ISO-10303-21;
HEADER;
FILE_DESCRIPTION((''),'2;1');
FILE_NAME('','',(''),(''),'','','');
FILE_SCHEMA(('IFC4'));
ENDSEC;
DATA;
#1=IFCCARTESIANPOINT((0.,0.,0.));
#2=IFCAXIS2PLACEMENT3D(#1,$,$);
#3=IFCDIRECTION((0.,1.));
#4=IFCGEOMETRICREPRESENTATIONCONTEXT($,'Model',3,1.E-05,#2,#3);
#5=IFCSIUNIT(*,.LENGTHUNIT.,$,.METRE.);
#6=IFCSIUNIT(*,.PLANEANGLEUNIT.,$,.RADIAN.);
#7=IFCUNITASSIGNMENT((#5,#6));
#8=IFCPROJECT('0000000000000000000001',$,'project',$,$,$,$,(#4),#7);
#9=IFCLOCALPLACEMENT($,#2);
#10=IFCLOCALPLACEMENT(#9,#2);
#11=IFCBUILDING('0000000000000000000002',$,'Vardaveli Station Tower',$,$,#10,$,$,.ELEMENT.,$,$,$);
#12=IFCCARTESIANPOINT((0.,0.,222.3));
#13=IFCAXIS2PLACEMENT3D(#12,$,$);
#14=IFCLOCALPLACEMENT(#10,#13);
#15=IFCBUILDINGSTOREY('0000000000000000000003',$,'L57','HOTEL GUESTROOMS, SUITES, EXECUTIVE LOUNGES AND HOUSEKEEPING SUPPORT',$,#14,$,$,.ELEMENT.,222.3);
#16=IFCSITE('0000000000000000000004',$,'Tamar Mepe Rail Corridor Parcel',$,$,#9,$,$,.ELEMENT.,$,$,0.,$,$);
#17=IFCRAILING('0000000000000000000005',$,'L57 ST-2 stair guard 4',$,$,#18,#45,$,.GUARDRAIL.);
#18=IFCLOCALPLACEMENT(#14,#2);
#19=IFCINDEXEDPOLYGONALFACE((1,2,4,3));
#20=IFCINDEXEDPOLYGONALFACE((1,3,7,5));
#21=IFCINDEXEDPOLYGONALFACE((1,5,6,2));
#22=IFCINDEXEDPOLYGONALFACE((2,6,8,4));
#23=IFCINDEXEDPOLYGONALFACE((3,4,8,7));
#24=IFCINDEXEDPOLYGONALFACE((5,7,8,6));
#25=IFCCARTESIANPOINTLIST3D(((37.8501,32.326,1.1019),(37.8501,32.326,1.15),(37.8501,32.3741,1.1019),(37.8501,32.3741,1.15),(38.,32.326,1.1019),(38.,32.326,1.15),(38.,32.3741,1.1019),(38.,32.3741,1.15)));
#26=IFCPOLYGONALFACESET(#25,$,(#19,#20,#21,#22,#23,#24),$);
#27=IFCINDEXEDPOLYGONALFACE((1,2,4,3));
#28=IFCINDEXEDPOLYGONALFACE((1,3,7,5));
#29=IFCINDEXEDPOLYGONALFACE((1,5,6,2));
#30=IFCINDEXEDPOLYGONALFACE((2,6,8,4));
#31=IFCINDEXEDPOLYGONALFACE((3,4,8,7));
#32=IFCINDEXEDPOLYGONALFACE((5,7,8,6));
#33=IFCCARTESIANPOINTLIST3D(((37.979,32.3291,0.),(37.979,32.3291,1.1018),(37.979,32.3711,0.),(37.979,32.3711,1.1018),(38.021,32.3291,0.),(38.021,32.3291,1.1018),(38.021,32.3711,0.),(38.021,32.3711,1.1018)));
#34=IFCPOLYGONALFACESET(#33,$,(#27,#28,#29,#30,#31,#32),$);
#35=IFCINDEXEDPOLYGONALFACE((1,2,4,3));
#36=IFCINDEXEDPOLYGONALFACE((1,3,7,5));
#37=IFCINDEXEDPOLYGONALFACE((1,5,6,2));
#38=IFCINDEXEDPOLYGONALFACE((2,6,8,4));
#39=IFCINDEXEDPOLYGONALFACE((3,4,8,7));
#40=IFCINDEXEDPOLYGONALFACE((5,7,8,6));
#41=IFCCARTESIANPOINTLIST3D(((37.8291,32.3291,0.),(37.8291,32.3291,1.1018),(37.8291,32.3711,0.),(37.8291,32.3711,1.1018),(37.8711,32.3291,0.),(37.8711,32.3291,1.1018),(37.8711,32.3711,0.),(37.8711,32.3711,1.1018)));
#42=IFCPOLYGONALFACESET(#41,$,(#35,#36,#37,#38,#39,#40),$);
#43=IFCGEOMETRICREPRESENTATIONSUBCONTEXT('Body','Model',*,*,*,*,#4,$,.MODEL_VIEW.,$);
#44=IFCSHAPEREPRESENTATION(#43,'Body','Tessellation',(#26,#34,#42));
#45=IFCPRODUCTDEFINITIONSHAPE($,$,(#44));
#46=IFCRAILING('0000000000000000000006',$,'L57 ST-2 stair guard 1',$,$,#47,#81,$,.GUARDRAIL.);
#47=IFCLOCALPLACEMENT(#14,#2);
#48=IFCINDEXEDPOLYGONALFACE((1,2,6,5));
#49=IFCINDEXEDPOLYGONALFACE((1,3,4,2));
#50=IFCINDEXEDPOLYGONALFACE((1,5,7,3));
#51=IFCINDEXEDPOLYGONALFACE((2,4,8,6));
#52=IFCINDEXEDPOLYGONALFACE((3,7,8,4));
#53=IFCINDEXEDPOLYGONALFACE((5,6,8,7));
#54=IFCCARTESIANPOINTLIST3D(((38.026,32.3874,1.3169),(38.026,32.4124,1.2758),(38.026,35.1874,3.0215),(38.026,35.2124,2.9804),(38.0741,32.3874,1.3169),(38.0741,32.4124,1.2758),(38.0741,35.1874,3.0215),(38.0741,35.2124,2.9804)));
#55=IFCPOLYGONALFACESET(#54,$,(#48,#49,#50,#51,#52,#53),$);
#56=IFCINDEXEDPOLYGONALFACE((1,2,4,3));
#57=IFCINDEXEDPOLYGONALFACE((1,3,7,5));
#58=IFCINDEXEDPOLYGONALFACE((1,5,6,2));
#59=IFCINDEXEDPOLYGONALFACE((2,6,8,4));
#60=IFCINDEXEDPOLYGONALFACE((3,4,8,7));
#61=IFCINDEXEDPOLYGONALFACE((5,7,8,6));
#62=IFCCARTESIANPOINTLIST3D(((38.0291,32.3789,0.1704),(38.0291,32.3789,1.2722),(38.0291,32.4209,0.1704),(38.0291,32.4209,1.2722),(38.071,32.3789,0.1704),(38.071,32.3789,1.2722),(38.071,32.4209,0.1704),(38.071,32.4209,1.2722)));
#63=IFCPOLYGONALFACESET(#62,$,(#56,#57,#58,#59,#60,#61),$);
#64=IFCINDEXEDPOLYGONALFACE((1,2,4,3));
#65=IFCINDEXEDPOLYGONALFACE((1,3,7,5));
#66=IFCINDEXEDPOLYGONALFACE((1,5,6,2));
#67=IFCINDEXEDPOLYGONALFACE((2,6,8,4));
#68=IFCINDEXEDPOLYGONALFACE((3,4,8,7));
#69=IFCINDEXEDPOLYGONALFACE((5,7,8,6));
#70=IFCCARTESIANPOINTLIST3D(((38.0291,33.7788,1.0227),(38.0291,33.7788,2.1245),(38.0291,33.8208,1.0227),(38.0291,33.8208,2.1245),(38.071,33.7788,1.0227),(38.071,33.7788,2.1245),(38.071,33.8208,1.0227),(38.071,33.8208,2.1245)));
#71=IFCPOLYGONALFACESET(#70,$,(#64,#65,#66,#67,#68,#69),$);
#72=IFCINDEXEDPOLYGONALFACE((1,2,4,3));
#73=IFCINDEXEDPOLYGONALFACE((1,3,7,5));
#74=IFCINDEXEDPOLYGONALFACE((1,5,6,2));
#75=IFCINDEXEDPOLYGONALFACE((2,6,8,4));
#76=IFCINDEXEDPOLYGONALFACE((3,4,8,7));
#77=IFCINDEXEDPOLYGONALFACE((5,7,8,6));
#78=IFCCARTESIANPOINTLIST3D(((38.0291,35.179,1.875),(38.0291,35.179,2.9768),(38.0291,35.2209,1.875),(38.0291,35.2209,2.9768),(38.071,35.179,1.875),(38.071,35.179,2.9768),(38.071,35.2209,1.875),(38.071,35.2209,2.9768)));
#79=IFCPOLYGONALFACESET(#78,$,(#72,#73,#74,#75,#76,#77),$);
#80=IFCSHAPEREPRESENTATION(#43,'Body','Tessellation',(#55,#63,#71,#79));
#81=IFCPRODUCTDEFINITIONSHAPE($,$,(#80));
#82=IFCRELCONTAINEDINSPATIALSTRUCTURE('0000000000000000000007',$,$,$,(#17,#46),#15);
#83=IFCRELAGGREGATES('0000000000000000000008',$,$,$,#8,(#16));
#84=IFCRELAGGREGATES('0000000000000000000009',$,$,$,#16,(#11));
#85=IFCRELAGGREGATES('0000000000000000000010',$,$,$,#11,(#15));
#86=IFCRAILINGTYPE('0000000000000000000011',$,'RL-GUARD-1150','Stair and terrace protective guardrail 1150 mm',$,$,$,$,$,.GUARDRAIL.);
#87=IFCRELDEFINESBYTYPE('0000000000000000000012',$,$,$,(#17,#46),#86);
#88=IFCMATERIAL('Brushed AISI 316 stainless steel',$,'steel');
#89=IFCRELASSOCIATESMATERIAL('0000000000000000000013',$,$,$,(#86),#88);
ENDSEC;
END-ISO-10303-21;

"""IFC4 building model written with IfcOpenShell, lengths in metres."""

from ifc_helpers import new_model, si_unit, direction, frame, origin, origin_2d, place, context, subcontext, project, spatial, rectangle, extrude, source, transform, mapped, material, type_object, element, save


model = new_model("IFC4")

# Units and contexts
model_context = context("Model", 3, precision=1e-05, world=origin(), true_north=direction((0.0, 1.0)))
body_context = subcontext(model_context, "Body", "Model", "MODEL_VIEW")
ifc_project = project(units=[si_unit("LENGTHUNIT", "METRE"), si_unit("PLANEANGLEUNIT", "RADIAN")], contexts=[model_context])

# Site, building, storey
site_placement = place(None, origin())
site = spatial("IfcSite", under=ifc_project, at=site_placement, Name="Tamar Mepe Rail Corridor Parcel", CompositionType="ELEMENT", RefElevation=0.0)
building_placement = place(site_placement, origin())
building = spatial("IfcBuilding", under=site, at=building_placement, Name="Vardaveli Station Tower", CompositionType="ELEMENT")
storey_placement = place(building_placement, frame((0.0, 0.0, 222.3)))
storey = spatial("IfcBuildingStorey", under=building, at=storey_placement, Name="L57", Description="HOTEL GUESTROOMS, SUITES, EXECUTIVE LOUNGES AND HOUSEKEEPING SUPPORT", CompositionType="ELEMENT", Elevation=222.3)

# Railings
ifc_material_1 = material(Name="Brushed AISI 316 stainless steel", Category="steel")
railing_type = type_object("IfcRailingType", Name="RL-GUARD-1150", Description="Stair and terrace protective guardrail 1150 mm", PredefinedType="GUARDRAIL", material=ifc_material_1)
shared_shape_1 = source(origin(), body_context, "Body", "SweptSolid", [
    extrude(rectangle(XDim=0.0481, YDim=0.0481, at=origin_2d()), frame((0.0, 0.0, 1.126), z_axis=(-1.0, 0.0, 0.0), x_axis=(0.0, -1.0, 0.0)), (0.0, 0.0, 1.0), 0.1499),
    extrude(rectangle(XDim=0.042, YDim=0.042, at=origin_2d()), origin(), (0.0, 0.0, 1.0), 1.1018),
    extrude(rectangle(XDim=0.042, YDim=0.042, at=origin_2d()), frame((-0.1499, 0.0, 0.0)), (0.0, 0.0, 1.0), 1.1018),
])
railing_1_placement = place(storey_placement, frame((38.0, 32.3501, 0.0)))
element("IfcRailing", 1, at=railing_1_placement, inside=storey, type_object=railing_type, Name="L57 ST-2 stair guard 4", PredefinedType="GUARDRAIL", context=body_context, shape_type="MappedRepresentation", body=[
    mapped(shared_shape_1, transform((0.0, 0.0, 0.0), scale=1.0)),
])
shared_shape_2 = source(origin(), body_context, "Body", "SweptSolid", [
    extrude(rectangle(XDim=0.0481, YDim=0.0481, at=origin_2d()), frame((0.0, 0.0, 1.126), z_axis=(0.0, 0.85417, 0.519994), x_axis=(-1.0, 0.0, 0.0)), (0.0, 0.0, 1.0), 3.2781),
    extrude(rectangle(XDim=0.042, YDim=0.042, at=origin_2d()), origin(), (0.0, 0.0, 1.0), 1.1018),
    extrude(rectangle(XDim=0.042, YDim=0.042, at=origin_2d()), frame((0.0, 1.3999, 0.8523)), (0.0, 0.0, 1.0), 1.1018),
    extrude(rectangle(XDim=0.042, YDim=0.042, at=origin_2d()), frame((0.0, 2.8, 1.7046)), (0.0, 0.0, 1.0), 1.1018),
])
railing_2_placement = place(storey_placement, frame((38.05, 32.3999, 0.1704)))
element("IfcRailing", 2, at=railing_2_placement, inside=storey, type_object=railing_type, Name="L57 ST-2 stair guard 1", PredefinedType="GUARDRAIL", context=body_context, shape_type="MappedRepresentation", body=[
    mapped(shared_shape_2, transform((0.0, 0.0, 0.0), scale=1.0)),
])

save(model, "model.ifc")
